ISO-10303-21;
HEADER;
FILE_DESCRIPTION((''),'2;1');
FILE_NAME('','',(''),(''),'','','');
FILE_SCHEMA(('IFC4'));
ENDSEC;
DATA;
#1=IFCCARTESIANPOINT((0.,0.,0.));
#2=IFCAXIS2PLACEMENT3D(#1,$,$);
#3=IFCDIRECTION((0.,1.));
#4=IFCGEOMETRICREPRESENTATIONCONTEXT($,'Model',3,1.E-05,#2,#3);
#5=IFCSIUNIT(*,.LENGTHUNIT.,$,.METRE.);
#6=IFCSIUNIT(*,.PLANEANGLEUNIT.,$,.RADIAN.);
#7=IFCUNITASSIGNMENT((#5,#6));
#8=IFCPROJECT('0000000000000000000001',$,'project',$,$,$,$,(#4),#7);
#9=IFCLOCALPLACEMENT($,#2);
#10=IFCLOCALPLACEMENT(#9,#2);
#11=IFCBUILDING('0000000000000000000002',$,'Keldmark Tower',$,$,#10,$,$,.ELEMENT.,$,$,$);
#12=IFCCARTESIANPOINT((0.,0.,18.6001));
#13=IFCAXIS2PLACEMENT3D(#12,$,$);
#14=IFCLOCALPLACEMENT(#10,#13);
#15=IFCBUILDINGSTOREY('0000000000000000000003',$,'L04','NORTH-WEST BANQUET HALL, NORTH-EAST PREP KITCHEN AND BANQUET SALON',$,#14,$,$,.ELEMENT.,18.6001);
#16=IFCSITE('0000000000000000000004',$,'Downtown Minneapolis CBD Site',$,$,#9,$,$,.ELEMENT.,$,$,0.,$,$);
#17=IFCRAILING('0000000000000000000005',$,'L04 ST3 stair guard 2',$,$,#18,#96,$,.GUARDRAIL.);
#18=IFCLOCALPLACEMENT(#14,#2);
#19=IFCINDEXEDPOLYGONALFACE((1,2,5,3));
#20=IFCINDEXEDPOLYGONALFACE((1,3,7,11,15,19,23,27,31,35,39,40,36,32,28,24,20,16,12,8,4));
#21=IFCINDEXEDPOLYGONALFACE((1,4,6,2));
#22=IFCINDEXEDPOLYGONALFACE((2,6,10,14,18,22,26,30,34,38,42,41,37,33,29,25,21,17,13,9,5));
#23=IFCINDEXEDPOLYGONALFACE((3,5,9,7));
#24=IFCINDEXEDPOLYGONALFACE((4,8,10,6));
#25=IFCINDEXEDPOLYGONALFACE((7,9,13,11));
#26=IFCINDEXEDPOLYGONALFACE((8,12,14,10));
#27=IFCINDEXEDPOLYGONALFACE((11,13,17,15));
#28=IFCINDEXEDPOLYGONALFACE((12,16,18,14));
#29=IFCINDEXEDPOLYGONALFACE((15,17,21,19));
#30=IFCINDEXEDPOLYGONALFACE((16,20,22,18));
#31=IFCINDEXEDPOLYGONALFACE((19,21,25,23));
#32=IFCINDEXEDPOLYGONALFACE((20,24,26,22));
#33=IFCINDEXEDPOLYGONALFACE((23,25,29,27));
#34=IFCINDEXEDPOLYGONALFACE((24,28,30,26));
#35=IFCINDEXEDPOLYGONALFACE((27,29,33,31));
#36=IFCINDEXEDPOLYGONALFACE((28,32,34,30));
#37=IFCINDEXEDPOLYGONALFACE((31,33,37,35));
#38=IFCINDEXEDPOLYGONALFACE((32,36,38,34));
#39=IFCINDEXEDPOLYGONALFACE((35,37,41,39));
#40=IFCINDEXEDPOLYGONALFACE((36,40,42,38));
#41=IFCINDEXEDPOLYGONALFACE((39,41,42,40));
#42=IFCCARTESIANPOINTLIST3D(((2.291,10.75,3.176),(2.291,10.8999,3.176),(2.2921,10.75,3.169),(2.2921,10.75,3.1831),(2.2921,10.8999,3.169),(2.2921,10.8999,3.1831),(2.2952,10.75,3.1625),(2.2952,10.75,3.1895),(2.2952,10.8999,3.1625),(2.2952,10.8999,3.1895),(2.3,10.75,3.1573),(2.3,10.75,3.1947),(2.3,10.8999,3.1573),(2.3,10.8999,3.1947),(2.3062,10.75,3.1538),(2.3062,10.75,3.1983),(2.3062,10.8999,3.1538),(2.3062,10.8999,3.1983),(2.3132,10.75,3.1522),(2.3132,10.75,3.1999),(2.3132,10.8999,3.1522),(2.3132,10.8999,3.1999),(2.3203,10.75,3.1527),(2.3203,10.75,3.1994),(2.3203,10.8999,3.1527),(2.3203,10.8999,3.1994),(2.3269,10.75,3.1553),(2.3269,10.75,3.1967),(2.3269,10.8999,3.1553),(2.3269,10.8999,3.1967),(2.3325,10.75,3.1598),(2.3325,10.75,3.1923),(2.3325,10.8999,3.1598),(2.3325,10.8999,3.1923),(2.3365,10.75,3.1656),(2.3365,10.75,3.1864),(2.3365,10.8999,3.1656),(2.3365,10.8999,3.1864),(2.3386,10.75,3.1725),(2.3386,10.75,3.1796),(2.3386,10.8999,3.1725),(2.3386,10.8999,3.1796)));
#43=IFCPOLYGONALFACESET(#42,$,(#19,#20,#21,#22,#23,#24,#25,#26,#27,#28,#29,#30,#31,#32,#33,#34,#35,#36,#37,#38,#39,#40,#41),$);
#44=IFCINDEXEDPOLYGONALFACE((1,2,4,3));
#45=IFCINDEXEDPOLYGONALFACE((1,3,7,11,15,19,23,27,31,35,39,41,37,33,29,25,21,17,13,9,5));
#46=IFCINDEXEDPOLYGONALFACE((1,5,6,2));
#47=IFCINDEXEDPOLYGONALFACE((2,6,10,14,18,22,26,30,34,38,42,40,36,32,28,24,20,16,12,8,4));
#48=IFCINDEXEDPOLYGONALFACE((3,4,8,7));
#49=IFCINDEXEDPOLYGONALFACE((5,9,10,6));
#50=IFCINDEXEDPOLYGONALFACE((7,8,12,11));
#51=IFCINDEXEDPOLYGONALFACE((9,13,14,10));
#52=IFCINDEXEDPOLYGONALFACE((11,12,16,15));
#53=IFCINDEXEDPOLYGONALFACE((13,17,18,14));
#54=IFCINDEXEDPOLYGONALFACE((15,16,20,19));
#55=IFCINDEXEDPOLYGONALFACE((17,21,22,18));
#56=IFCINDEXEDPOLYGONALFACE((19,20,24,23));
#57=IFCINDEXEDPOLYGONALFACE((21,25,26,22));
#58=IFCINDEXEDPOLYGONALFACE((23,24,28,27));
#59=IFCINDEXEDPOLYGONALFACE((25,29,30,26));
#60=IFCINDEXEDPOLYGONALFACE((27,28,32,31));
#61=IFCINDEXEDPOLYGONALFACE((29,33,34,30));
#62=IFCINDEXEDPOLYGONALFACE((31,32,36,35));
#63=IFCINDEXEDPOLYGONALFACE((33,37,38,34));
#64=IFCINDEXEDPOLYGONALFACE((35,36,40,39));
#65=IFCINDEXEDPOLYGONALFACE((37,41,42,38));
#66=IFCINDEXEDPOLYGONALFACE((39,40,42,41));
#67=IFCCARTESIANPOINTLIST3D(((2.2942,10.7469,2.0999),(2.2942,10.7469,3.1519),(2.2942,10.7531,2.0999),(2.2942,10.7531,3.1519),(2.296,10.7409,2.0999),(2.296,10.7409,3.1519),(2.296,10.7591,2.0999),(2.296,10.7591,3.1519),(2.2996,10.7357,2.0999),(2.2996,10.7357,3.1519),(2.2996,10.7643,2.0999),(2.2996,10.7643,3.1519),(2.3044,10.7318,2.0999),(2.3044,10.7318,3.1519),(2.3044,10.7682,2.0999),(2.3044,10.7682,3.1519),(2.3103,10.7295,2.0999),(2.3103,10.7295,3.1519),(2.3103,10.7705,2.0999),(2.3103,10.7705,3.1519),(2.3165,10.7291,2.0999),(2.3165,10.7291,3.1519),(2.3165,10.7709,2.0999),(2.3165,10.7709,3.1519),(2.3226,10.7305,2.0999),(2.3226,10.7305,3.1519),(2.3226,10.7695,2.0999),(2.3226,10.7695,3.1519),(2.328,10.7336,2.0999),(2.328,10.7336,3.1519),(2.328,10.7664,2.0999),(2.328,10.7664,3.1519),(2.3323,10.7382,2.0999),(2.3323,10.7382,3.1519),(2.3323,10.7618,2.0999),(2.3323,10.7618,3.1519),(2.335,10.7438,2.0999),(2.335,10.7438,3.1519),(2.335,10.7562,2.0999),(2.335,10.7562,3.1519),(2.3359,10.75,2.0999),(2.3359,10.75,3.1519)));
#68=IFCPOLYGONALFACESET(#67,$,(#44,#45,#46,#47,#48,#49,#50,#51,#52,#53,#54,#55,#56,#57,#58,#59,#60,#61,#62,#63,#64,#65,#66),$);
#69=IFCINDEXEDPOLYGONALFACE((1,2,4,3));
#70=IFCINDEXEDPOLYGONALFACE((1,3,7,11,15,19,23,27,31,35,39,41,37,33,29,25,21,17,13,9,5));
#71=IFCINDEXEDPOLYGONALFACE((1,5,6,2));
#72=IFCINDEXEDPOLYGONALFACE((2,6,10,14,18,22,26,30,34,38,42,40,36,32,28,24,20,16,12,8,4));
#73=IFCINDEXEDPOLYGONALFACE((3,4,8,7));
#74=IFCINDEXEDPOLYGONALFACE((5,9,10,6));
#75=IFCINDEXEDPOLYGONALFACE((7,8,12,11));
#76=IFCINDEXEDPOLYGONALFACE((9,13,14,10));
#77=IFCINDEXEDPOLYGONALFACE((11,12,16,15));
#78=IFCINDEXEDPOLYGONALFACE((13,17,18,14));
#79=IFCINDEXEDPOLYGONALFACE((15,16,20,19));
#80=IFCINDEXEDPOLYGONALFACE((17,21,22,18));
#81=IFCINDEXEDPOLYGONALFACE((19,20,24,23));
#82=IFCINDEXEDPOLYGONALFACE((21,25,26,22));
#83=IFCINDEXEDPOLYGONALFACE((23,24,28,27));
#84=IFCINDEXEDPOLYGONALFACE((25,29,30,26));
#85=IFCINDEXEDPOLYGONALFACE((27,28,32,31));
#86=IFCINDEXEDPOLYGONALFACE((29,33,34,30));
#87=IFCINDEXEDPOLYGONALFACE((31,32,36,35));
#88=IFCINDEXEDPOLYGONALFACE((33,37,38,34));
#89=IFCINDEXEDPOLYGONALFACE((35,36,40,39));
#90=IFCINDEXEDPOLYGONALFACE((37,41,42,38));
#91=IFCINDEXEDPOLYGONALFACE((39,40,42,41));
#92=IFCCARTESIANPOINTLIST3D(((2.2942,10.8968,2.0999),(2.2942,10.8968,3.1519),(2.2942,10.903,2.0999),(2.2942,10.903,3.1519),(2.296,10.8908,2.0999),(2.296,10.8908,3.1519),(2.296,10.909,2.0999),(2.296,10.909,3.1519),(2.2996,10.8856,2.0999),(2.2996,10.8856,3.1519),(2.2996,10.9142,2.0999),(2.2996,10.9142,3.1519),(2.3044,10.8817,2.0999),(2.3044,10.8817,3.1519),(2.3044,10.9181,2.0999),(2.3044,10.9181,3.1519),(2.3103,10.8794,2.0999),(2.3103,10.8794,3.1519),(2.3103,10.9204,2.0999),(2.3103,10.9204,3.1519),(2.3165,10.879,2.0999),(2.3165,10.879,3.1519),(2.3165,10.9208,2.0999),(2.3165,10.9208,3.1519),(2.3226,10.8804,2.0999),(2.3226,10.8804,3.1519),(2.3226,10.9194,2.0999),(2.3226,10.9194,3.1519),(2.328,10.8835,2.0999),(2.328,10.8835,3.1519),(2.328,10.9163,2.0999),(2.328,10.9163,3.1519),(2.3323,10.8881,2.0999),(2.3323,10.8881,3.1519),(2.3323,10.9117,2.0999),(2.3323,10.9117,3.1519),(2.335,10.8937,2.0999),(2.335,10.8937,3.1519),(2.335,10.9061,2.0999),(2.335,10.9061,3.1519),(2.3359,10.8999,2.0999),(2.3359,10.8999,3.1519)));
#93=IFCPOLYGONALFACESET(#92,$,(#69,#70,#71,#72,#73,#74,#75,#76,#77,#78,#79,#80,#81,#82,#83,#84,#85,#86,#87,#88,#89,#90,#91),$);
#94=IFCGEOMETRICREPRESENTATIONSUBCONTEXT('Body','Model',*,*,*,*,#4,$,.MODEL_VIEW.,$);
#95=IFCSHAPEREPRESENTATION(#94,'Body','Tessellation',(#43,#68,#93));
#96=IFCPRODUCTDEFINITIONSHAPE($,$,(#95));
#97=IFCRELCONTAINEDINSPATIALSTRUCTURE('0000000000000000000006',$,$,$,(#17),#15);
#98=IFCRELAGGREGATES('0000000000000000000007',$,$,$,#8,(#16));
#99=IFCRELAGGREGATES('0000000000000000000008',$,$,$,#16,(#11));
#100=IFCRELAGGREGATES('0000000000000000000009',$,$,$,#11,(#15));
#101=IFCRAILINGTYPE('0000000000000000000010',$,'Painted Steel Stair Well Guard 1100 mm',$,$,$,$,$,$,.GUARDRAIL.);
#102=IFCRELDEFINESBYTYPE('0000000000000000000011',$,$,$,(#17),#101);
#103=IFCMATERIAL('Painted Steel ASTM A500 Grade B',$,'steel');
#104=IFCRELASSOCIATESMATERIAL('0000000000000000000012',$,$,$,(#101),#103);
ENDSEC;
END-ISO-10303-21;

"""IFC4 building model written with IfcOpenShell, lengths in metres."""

from ifc_helpers import new_model, si_unit, direction, frame, origin, origin_2d, place, context, subcontext, project, spatial, circle, extrude, material, type_object, element, save


model = new_model("IFC4")

# Units and contexts
model_context = context("Model", 3, precision=1e-05, world=origin(), true_north=direction((0.0, 1.0)))
body_context = subcontext(model_context, "Body", "Model", "MODEL_VIEW")
ifc_project = project(units=[si_unit("LENGTHUNIT", "METRE"), si_unit("PLANEANGLEUNIT", "RADIAN")], contexts=[model_context])

# Site, building, storey
site_placement = place(None, origin())
site = spatial("IfcSite", under=ifc_project, at=site_placement, Name="Downtown Minneapolis CBD Site", CompositionType="ELEMENT", RefElevation=0.0)
building_placement = place(site_placement, origin())
building = spatial("IfcBuilding", under=site, at=building_placement, Name="Keldmark Tower", CompositionType="ELEMENT")
storey_placement = place(building_placement, frame((0.0, 0.0, 18.6001)))
storey = spatial("IfcBuildingStorey", under=building, at=storey_placement, Name="L04", Description="NORTH-WEST BANQUET HALL, NORTH-EAST PREP KITCHEN AND BANQUET SALON", CompositionType="ELEMENT", Elevation=18.6001)

# Railing
ifc_material_1 = material(Name="Painted Steel ASTM A500 Grade B", Category="steel")
railing_type_1 = type_object("IfcRailingType", Name="Painted Steel Stair Well Guard 1100 mm", PredefinedType="GUARDRAIL", material=ifc_material_1)
railing_1_placement = place(storey_placement, frame((2.3149, 10.75, 2.0999)))
element("IfcRailing", 1, at=railing_1_placement, inside=storey, type_object=railing_type_1, Name="L04 ST3 stair guard 2", PredefinedType="GUARDRAIL", context=body_context, shape_type="SweptSolid", body=[
    extrude(circle(Radius=0.0239, at=origin_2d()), frame((0.0, 0.0, 1.0762), z_axis=(0.0, 1.0, 0.0), x_axis=(-1.0, 0.0, 0.0)), (0.0, 0.0, 1.0), 0.1499),
    extrude(circle(Radius=0.021, at=origin_2d()), origin(), (0.0, 0.0, 1.0), 1.052),
    extrude(circle(Radius=0.021, at=origin_2d()), frame((0.0, 0.1499, 0.0)), (0.0, 0.0, 1.0), 1.052),
])

save(model, "model.ifc")
